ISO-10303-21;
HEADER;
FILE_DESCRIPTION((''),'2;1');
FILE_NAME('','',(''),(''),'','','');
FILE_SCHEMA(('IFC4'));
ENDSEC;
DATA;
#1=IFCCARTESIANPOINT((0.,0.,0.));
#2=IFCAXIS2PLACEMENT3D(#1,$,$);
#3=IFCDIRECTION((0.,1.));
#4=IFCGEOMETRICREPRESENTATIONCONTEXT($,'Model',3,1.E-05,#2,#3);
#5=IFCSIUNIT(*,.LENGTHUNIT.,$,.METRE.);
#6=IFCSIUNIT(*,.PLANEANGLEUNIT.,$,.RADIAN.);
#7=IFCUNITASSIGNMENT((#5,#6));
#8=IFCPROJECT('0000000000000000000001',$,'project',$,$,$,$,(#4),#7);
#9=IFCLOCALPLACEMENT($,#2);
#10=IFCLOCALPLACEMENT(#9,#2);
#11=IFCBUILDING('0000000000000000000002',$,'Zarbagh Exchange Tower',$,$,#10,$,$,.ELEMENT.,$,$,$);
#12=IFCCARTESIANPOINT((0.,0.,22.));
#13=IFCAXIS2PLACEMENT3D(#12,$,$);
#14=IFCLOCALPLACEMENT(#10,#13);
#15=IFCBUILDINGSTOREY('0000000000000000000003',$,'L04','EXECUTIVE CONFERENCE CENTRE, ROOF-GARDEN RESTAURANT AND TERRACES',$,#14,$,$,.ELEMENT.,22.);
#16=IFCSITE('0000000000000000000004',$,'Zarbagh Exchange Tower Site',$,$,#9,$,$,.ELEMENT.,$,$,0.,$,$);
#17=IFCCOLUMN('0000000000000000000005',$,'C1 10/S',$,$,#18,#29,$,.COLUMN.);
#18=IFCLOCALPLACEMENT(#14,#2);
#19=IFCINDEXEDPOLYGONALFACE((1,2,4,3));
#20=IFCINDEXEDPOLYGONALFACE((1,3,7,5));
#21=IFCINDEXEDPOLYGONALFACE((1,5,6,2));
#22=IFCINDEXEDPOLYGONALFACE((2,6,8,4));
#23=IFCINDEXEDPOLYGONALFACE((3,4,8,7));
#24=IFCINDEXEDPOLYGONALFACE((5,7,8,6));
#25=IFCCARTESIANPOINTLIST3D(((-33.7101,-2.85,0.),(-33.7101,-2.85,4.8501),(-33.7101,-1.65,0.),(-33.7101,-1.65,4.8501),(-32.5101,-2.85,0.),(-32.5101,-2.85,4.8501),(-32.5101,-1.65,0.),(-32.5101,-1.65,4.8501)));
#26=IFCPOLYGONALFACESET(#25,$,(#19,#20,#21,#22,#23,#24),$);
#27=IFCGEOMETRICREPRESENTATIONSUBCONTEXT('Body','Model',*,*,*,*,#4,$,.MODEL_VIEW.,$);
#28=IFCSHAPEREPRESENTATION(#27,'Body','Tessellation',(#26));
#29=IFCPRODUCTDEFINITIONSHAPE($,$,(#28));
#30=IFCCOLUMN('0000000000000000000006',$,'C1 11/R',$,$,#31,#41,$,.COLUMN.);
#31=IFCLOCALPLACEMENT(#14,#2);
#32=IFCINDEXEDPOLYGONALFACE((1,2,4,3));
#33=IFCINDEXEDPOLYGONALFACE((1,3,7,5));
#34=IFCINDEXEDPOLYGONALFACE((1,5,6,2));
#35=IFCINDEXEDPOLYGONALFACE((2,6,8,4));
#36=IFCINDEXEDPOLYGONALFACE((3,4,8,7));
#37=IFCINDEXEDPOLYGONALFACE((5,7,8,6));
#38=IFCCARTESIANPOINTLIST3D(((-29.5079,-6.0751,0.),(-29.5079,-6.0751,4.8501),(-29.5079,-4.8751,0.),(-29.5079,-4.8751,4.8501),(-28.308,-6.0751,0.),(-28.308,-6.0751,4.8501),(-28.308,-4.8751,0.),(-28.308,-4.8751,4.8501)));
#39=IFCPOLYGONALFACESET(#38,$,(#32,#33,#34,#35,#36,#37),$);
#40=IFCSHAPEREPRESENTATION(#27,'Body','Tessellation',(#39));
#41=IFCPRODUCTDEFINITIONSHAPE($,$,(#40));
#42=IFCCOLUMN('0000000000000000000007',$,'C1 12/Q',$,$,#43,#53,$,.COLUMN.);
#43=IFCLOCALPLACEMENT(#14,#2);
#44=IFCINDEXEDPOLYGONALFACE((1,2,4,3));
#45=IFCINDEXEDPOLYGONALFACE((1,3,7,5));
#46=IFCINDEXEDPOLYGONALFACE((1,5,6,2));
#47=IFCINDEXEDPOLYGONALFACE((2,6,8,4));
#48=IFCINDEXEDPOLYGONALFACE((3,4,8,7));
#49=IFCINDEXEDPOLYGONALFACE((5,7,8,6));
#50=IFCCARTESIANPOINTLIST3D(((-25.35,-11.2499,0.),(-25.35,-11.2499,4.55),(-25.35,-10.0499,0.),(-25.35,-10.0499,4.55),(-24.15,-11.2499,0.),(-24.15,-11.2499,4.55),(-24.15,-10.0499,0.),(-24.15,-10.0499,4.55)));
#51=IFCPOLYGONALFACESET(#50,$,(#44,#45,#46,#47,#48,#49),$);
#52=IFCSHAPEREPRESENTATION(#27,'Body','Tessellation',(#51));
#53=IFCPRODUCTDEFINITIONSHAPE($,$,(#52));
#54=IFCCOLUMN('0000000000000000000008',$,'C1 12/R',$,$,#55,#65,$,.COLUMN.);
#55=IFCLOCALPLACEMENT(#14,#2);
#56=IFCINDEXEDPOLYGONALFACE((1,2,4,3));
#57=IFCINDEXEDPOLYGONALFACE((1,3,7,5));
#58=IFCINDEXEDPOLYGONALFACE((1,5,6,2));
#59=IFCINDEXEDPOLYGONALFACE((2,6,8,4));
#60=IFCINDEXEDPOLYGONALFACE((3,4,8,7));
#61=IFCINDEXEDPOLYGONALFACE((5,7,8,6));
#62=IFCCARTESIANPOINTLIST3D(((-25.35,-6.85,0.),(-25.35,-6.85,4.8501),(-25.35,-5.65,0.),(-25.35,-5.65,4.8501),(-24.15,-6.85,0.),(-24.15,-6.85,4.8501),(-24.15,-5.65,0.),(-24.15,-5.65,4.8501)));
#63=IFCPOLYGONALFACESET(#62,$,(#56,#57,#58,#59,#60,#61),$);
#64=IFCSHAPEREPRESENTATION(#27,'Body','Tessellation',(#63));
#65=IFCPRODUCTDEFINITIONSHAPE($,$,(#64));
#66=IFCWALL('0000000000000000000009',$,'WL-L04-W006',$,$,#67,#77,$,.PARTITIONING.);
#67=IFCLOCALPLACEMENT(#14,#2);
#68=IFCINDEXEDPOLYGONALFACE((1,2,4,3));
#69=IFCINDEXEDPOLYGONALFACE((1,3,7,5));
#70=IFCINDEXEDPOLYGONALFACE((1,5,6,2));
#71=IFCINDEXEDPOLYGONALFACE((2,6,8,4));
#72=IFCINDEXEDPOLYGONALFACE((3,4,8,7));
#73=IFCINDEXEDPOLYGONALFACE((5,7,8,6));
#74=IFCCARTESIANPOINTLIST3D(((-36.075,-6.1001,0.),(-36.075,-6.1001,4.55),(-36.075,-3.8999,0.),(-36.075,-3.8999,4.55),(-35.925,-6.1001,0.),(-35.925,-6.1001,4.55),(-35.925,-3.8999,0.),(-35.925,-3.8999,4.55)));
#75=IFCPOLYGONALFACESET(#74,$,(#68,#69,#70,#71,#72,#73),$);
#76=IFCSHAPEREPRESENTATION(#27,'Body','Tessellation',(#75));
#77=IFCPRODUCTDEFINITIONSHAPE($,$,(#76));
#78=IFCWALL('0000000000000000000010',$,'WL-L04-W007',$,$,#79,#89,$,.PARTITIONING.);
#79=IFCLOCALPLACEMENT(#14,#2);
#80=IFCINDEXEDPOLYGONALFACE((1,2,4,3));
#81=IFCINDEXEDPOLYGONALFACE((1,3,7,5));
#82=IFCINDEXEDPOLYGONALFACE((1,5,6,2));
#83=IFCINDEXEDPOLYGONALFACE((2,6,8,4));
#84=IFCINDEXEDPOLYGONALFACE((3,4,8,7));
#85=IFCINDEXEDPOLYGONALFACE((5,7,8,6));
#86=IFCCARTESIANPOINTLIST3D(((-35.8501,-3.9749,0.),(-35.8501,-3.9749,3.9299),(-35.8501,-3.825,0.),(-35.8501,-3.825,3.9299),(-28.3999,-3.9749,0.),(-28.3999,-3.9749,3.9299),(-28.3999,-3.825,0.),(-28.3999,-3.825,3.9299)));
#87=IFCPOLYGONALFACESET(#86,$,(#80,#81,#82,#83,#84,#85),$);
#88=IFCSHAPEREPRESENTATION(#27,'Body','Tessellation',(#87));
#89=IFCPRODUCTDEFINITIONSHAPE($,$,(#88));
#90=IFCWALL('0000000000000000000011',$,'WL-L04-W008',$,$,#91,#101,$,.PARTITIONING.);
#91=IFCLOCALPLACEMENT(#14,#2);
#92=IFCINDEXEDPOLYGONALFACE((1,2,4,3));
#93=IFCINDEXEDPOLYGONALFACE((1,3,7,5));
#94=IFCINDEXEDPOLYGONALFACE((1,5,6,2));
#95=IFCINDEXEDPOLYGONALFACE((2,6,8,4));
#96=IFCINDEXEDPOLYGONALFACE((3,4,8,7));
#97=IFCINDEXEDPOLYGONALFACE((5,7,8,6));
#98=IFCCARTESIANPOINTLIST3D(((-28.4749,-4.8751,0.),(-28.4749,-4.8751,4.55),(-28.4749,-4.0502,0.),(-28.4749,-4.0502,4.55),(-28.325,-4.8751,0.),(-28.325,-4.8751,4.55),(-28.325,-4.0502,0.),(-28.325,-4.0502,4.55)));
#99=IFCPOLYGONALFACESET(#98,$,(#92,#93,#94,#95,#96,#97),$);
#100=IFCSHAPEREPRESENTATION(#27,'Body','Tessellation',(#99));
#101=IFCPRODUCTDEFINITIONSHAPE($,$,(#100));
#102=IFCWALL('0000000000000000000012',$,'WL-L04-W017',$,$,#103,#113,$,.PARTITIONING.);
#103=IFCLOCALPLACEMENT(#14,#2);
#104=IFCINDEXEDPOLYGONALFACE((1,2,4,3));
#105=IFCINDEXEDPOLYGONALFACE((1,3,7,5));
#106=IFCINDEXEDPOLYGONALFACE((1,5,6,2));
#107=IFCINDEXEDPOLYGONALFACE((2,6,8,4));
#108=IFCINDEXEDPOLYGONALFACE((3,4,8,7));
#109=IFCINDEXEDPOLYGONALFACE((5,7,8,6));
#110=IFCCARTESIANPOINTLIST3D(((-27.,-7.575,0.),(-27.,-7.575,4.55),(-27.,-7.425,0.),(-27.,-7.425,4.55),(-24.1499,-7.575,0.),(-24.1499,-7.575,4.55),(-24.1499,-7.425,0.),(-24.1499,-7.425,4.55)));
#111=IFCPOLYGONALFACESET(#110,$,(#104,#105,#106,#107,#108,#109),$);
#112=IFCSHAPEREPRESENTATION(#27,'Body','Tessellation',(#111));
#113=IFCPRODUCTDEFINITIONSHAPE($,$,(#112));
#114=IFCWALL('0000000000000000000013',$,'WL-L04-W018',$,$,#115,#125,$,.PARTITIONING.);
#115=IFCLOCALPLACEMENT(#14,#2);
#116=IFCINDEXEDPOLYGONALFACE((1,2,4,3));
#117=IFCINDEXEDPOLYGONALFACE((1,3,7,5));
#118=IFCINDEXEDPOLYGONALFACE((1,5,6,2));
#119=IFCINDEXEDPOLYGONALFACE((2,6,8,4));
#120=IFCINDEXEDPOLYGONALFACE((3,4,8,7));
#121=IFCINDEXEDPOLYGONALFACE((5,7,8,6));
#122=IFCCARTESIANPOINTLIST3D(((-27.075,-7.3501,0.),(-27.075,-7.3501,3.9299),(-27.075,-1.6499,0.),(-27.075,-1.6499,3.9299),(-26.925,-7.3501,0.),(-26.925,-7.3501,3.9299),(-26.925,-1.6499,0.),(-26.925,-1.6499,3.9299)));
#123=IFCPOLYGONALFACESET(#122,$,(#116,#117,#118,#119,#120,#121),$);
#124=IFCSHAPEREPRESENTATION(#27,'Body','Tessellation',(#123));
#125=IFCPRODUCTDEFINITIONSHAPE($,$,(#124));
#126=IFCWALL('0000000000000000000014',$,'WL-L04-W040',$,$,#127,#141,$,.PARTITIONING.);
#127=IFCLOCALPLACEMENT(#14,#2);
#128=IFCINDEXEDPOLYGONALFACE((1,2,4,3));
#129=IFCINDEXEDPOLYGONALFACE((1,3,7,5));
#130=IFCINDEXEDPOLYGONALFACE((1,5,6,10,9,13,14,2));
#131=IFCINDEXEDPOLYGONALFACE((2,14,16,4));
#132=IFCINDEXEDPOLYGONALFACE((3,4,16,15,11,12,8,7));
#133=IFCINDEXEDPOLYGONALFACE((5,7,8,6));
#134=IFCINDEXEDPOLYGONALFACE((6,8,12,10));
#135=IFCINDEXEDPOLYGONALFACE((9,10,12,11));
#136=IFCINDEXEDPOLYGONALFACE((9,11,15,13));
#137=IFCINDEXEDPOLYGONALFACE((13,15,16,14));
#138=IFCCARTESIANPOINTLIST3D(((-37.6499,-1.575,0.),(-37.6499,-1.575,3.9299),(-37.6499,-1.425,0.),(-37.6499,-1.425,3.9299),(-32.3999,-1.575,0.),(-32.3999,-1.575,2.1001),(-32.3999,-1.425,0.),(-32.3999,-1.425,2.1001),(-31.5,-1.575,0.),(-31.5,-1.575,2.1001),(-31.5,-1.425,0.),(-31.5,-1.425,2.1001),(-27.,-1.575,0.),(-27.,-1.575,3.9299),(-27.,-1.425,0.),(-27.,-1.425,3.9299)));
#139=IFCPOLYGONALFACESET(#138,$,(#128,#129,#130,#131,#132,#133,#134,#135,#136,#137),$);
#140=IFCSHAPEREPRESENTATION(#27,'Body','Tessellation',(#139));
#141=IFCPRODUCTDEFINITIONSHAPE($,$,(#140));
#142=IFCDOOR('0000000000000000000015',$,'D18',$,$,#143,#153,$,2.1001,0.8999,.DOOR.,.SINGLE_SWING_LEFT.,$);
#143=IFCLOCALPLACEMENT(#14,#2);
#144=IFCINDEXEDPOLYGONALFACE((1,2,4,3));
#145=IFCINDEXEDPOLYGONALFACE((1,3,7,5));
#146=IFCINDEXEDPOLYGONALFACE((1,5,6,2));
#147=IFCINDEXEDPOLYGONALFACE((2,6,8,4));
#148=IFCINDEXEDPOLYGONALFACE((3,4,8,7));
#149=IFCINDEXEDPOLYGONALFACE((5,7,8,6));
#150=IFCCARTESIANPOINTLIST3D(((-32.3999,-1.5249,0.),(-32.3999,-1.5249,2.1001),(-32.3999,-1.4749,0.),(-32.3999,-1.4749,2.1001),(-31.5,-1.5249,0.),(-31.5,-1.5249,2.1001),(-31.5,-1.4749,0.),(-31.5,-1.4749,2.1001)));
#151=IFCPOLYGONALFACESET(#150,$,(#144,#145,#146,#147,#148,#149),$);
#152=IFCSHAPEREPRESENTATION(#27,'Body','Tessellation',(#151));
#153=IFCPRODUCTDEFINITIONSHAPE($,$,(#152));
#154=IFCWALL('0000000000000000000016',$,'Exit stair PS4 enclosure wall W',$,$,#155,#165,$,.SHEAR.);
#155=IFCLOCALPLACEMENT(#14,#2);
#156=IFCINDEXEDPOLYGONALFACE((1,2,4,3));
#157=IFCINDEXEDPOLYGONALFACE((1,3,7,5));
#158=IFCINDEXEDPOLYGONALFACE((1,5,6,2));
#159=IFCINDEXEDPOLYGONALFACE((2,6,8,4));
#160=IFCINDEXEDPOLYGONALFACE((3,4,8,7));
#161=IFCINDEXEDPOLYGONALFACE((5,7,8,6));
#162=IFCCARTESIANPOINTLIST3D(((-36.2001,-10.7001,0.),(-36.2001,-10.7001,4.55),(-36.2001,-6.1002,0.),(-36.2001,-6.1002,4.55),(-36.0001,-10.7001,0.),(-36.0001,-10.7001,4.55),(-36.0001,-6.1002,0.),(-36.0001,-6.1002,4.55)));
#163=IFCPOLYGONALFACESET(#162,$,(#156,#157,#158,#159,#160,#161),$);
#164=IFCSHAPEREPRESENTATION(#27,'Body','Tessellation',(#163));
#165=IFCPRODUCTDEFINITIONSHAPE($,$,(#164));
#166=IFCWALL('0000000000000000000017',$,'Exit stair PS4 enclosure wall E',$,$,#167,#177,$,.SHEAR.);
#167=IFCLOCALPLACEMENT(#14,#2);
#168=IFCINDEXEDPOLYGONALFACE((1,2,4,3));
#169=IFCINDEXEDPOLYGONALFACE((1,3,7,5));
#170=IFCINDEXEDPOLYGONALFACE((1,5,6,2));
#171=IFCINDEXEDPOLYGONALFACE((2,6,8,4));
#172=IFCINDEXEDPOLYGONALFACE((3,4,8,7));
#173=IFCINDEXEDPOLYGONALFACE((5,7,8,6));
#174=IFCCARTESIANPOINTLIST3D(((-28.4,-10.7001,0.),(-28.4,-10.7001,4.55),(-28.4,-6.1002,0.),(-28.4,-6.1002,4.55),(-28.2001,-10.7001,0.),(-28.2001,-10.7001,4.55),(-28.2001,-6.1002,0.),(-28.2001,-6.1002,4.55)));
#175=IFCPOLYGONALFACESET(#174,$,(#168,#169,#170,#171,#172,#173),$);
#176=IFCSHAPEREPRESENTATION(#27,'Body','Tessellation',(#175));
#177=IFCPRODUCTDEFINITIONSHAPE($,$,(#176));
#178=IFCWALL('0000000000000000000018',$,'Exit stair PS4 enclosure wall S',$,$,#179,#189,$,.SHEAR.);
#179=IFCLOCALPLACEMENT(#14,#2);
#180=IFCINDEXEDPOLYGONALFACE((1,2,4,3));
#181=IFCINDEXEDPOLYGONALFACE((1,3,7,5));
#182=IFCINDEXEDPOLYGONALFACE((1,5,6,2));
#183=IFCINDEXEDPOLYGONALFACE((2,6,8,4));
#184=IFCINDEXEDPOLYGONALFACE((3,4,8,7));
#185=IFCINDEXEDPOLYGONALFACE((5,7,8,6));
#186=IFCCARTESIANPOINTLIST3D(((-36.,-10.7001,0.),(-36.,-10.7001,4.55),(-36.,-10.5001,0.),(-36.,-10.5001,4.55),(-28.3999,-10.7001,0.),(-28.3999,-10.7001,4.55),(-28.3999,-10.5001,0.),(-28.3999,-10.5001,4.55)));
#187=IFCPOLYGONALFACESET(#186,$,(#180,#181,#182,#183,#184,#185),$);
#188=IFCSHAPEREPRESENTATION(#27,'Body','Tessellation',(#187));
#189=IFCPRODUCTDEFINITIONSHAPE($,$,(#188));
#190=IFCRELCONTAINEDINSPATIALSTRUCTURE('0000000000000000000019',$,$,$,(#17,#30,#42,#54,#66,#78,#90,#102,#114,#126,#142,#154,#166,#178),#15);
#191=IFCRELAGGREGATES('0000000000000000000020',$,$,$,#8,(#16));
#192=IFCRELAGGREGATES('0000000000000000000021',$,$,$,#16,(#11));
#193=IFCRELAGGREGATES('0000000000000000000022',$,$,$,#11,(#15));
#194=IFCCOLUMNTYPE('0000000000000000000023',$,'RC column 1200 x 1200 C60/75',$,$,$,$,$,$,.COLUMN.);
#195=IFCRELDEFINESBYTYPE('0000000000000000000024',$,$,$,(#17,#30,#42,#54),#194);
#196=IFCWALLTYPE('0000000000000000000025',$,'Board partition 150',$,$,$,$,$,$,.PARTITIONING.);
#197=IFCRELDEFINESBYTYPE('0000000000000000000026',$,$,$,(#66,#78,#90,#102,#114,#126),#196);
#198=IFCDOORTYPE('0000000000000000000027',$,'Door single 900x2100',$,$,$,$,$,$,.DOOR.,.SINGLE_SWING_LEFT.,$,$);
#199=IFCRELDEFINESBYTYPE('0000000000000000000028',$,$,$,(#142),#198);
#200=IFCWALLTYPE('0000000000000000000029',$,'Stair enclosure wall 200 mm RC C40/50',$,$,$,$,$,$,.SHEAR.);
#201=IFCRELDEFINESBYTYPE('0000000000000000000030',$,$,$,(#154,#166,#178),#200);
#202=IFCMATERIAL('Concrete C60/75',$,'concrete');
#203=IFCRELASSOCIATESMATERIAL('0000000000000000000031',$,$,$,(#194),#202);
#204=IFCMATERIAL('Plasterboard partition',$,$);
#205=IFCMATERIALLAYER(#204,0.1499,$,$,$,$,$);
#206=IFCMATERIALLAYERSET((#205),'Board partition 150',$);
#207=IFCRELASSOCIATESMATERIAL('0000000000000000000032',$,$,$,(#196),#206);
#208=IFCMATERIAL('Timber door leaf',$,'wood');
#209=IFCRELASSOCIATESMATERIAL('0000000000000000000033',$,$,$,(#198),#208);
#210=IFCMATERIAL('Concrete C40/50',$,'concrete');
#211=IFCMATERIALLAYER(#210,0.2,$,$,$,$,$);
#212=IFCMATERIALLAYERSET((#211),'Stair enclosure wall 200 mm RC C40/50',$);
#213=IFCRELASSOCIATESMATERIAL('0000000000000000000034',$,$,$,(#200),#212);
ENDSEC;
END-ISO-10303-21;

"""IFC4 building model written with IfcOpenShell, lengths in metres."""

from ifc_helpers import new_model, si_unit, direction, frame, frame_2d, origin, origin_2d, place, context, subcontext, project, spatial, rectangle, extrude, material, layer, layer_set, material_profile, profile_set, type_object, element, fill, save


model = new_model("IFC4")

# Units and contexts
model_context = context("Model", 3, precision=1e-05, world=origin(), true_north=direction((0.0, 1.0)))
body_context = subcontext(model_context, "Body", "Model", "MODEL_VIEW")
ifc_project = project(units=[si_unit("LENGTHUNIT", "METRE"), si_unit("PLANEANGLEUNIT", "RADIAN")], contexts=[model_context])

# Site, building, storey
site_placement = place(None, origin())
site = spatial("IfcSite", under=ifc_project, at=site_placement, Name="Zarbagh Exchange Tower Site", CompositionType="ELEMENT", RefElevation=0.0)
building_placement = place(site_placement, origin())
building = spatial("IfcBuilding", under=site, at=building_placement, Name="Zarbagh Exchange Tower", CompositionType="ELEMENT")
storey_placement = place(building_placement, frame((0.0, 0.0, 22.0)))
storey = spatial("IfcBuildingStorey", under=building, at=storey_placement, Name="L04", Description="EXECUTIVE CONFERENCE CENTRE, ROOF-GARDEN RESTAURANT AND TERRACES", CompositionType="ELEMENT", Elevation=22.0)

# Columns
ifc_material_1 = material(Name="Concrete C60/75", Category="concrete")
ifc_material_profile = material_profile(ifc_material_1, rectangle(XDim=1.2, YDim=1.2, at=origin_2d()), Name="RC column 1200 x 1200 C60/75")
ifc_profile_set = profile_set([ifc_material_profile], Name="Concrete C60/75")
column_type = type_object("IfcColumnType", Name="RC column 1200 x 1200 C60/75", PredefinedType="COLUMN", material=ifc_profile_set)
for number, where, z_axis, x_axis, name in (
    (1, (-33.1101, -2.25, 0.0), (0.0, 0.0, 1.0), (1.0, 0.0, 0.0), "C1 10/S"),
    (2, (-28.908, -5.4751, 0.0), (0.0, 0.0, 1.0), (1.0, 0.0, 0.0), "C1 11/R"),
):
    element("IfcColumn", number, at=place(storey_placement, frame(where, z_axis=z_axis, x_axis=x_axis)), inside=storey, type_object=column_type, Name=name, PredefinedType="COLUMN", context=body_context, shape_type="SweptSolid", body=[
        extrude(rectangle(XDim=1.2, YDim=1.2, at=origin_2d()), origin(), (0.0, 0.0, 1.0), 4.8501),
    ])
column_1_placement = place(storey_placement, frame((-24.75, -10.6499, 0.0), z_axis=(0.0, 0.0, 1.0), x_axis=(1.0, 0.0, 0.0)))
element("IfcColumn", 3, at=column_1_placement, inside=storey, type_object=column_type, Name="C1 12/Q", PredefinedType="COLUMN", context=body_context, shape_type="SweptSolid", body=[
    extrude(rectangle(XDim=1.2, YDim=1.2, at=origin_2d()), origin(), (0.0, 0.0, 1.0), 4.55),
])
column_2_placement = place(storey_placement, frame((-24.75, -6.25, 0.0), z_axis=(0.0, 0.0, 1.0), x_axis=(1.0, 0.0, 0.0)))
element("IfcColumn", 4, at=column_2_placement, inside=storey, type_object=column_type, Name="C1 12/R", PredefinedType="COLUMN", context=body_context, shape_type="SweptSolid", body=[
    extrude(rectangle(XDim=1.2, YDim=1.2, at=origin_2d()), origin(), (0.0, 0.0, 1.0), 4.8501),
])

# Walls
ifc_material_2 = material(Name="Plasterboard partition")
ifc_layer_1 = layer(ifc_material_2, 0.1499)
ifc_layer_set_1 = layer_set([ifc_layer_1], Name="Board partition 150")
wall_type_1 = type_object("IfcWallType", Name="Board partition 150", PredefinedType="PARTITIONING", material=ifc_layer_set_1)
wall_1_placement = place(storey_placement, frame((-36.0, -6.1001, 0.0), z_axis=(0.0, 0.0, 1.0), x_axis=(0.0, 1.0, 0.0)))
element("IfcWall", 5, at=wall_1_placement, inside=storey, type_object=wall_type_1, Name="WL-L04-W006", PredefinedType="PARTITIONING", context=body_context, shape_type="SweptSolid", body=[
    extrude(rectangle(XDim=2.2002, YDim=0.1499, at=frame_2d((1.1001, 0.0))), origin(), (0.0, 0.0, 1.0), 4.55),
])
wall_2_placement = place(storey_placement, frame((-35.8501, -3.8999, 0.0), z_axis=(0.0, 0.0, 1.0), x_axis=(1.0, 0.0, 0.0)))
element("IfcWall", 6, at=wall_2_placement, inside=storey, type_object=wall_type_1, Name="WL-L04-W007", PredefinedType="PARTITIONING", context=body_context, shape_type="SweptSolid", body=[
    extrude(rectangle(XDim=7.4502, YDim=0.1499, at=frame_2d((3.7251, 0.0))), origin(), (0.0, 0.0, 1.0), 3.9299),
])
wall_3_placement = place(storey_placement, frame((-28.3999, -4.05, 0.0), z_axis=(0.0, 0.0, 1.0), x_axis=(0.0, -1.0, 0.0)))
element("IfcWall", 7, at=wall_3_placement, inside=storey, type_object=wall_type_1, Name="WL-L04-W008", PredefinedType="PARTITIONING", context=body_context, shape_type="SweptSolid", body=[
    extrude(rectangle(XDim=0.825, YDim=0.1499, at=frame_2d((0.4126, 0.0))), origin(), (0.0, 0.0, 1.0), 4.55),
])
wall_4_placement = place(storey_placement, frame((-24.1499, -7.5, 0.0), z_axis=(0.0, 0.0, 1.0), x_axis=(-1.0, 0.0, 0.0)))
element("IfcWall", 8, at=wall_4_placement, inside=storey, type_object=wall_type_1, Name="WL-L04-W017", PredefinedType="PARTITIONING", context=body_context, shape_type="SweptSolid", body=[
    extrude(rectangle(XDim=2.8501, YDim=0.1499, at=frame_2d((1.425, 0.0))), origin(), (0.0, 0.0, 1.0), 4.55),
])
wall_5_placement = place(storey_placement, frame((-27.0, -7.3501, 0.0), z_axis=(0.0, 0.0, 1.0), x_axis=(0.0, 1.0, 0.0)))
element("IfcWall", 9, at=wall_5_placement, inside=storey, type_object=wall_type_1, Name="WL-L04-W018", PredefinedType="PARTITIONING", context=body_context, shape_type="SweptSolid", body=[
    extrude(rectangle(XDim=5.7002, YDim=0.1499, at=frame_2d((2.8501, 0.0))), origin(), (0.0, 0.0, 1.0), 3.9299),
])

# Wall, opening, door
wall_6_placement = place(storey_placement, frame((-27.0, -1.5, 0.0), z_axis=(0.0, 0.0, 1.0), x_axis=(-1.0, 0.0, 0.0)))
wall_6 = element("IfcWall", 10, at=wall_6_placement, inside=storey, type_object=wall_type_1, Name="WL-L04-W040", PredefinedType="PARTITIONING", context=body_context, shape_type="SweptSolid", body=[
    extrude(rectangle(XDim=10.6499, YDim=0.1499, at=frame_2d((5.325, 0.0))), origin(), (0.0, 0.0, 1.0), 3.9299),
])
opening_1_placement = place(wall_6_placement, frame((4.5, 0.0, 0.0)))
opening_1 = element("IfcOpeningElement", 11, at=opening_1_placement, cuts=wall_6, PredefinedType="OPENING", context=body_context, shape_type="SweptSolid", body=[
    extrude(rectangle(XDim=0.8999, YDim=2.1001, at=frame_2d((0.45, 1.05))), frame((0.0, 0.085, 0.0), z_axis=(0.0, -1.0, 0.0), x_axis=(1.0, 0.0, 0.0)), (0.0, 0.0, 1.0), 0.1699),
])
ifc_material_3 = material(Name="Timber door leaf", Category="wood")
door_type_1 = type_object("IfcDoorType", Name="Door single 900x2100", OperationType="SINGLE_SWING_LEFT", PredefinedType="DOOR", material=ifc_material_3)
door_1_placement = place(opening_1_placement, origin())
door_1 = element("IfcDoor", 12, at=door_1_placement, inside=storey, type_object=door_type_1, Name="D18", OperationType="SINGLE_SWING_LEFT", OverallHeight=2.1001, OverallWidth=0.8999, PredefinedType="DOOR", context=body_context, shape_type="SweptSolid", body=[
    extrude(rectangle(XDim=0.8999, YDim=2.1001, at=frame_2d((0.45, 1.05))), frame((0.0, 0.0249, 0.0), z_axis=(0.0, -1.0, 0.0), x_axis=(1.0, 0.0, 0.0)), (0.0, 0.0, 1.0), 0.05),
])
fill(opening_1, door_1)

# Walls
ifc_material_4 = material(Name="Concrete C40/50", Category="concrete")
ifc_layer_2 = layer(ifc_material_4, 0.2)
ifc_layer_set_2 = layer_set([ifc_layer_2], Name="Stair enclosure wall 200 mm RC C40/50")
wall_type_2 = type_object("IfcWallType", Name="Stair enclosure wall 200 mm RC C40/50", PredefinedType="SHEAR", material=ifc_layer_set_2)
for number, where, z_axis, x_axis, name in (
    (13, (-36.1001, -10.7, 0.0), (0.0, 0.0, 1.0), (0.0, 1.0, 0.0), "Exit stair PS4 enclosure wall W"),
    (14, (-28.3, -10.7, 0.0), (0.0, 0.0, 1.0), (0.0, 1.0, 0.0), "Exit stair PS4 enclosure wall E"),
):
    element("IfcWall", number, at=place(storey_placement, frame(where, z_axis=z_axis, x_axis=x_axis)), inside=storey, type_object=wall_type_2, Name=name, PredefinedType="SHEAR", context=body_context, shape_type="SweptSolid", body=[
        extrude(rectangle(XDim=4.5999, YDim=0.2, at=frame_2d((2.2998, 0.0))), origin(), (0.0, 0.0, 1.0), 4.55),
    ])
wall_7_placement = place(storey_placement, frame((-36.0, -10.6001, 0.0), z_axis=(0.0, 0.0, 1.0), x_axis=(1.0, 0.0, 0.0)))
element("IfcWall", 15, at=wall_7_placement, inside=storey, type_object=wall_type_2, Name="Exit stair PS4 enclosure wall S", PredefinedType="SHEAR", context=body_context, shape_type="SweptSolid", body=[
    extrude(rectangle(XDim=7.6001, YDim=0.2, at=frame_2d((3.8, 0.0))), origin(), (0.0, 0.0, 1.0), 4.55),
])

save(model, "model.ifc")
